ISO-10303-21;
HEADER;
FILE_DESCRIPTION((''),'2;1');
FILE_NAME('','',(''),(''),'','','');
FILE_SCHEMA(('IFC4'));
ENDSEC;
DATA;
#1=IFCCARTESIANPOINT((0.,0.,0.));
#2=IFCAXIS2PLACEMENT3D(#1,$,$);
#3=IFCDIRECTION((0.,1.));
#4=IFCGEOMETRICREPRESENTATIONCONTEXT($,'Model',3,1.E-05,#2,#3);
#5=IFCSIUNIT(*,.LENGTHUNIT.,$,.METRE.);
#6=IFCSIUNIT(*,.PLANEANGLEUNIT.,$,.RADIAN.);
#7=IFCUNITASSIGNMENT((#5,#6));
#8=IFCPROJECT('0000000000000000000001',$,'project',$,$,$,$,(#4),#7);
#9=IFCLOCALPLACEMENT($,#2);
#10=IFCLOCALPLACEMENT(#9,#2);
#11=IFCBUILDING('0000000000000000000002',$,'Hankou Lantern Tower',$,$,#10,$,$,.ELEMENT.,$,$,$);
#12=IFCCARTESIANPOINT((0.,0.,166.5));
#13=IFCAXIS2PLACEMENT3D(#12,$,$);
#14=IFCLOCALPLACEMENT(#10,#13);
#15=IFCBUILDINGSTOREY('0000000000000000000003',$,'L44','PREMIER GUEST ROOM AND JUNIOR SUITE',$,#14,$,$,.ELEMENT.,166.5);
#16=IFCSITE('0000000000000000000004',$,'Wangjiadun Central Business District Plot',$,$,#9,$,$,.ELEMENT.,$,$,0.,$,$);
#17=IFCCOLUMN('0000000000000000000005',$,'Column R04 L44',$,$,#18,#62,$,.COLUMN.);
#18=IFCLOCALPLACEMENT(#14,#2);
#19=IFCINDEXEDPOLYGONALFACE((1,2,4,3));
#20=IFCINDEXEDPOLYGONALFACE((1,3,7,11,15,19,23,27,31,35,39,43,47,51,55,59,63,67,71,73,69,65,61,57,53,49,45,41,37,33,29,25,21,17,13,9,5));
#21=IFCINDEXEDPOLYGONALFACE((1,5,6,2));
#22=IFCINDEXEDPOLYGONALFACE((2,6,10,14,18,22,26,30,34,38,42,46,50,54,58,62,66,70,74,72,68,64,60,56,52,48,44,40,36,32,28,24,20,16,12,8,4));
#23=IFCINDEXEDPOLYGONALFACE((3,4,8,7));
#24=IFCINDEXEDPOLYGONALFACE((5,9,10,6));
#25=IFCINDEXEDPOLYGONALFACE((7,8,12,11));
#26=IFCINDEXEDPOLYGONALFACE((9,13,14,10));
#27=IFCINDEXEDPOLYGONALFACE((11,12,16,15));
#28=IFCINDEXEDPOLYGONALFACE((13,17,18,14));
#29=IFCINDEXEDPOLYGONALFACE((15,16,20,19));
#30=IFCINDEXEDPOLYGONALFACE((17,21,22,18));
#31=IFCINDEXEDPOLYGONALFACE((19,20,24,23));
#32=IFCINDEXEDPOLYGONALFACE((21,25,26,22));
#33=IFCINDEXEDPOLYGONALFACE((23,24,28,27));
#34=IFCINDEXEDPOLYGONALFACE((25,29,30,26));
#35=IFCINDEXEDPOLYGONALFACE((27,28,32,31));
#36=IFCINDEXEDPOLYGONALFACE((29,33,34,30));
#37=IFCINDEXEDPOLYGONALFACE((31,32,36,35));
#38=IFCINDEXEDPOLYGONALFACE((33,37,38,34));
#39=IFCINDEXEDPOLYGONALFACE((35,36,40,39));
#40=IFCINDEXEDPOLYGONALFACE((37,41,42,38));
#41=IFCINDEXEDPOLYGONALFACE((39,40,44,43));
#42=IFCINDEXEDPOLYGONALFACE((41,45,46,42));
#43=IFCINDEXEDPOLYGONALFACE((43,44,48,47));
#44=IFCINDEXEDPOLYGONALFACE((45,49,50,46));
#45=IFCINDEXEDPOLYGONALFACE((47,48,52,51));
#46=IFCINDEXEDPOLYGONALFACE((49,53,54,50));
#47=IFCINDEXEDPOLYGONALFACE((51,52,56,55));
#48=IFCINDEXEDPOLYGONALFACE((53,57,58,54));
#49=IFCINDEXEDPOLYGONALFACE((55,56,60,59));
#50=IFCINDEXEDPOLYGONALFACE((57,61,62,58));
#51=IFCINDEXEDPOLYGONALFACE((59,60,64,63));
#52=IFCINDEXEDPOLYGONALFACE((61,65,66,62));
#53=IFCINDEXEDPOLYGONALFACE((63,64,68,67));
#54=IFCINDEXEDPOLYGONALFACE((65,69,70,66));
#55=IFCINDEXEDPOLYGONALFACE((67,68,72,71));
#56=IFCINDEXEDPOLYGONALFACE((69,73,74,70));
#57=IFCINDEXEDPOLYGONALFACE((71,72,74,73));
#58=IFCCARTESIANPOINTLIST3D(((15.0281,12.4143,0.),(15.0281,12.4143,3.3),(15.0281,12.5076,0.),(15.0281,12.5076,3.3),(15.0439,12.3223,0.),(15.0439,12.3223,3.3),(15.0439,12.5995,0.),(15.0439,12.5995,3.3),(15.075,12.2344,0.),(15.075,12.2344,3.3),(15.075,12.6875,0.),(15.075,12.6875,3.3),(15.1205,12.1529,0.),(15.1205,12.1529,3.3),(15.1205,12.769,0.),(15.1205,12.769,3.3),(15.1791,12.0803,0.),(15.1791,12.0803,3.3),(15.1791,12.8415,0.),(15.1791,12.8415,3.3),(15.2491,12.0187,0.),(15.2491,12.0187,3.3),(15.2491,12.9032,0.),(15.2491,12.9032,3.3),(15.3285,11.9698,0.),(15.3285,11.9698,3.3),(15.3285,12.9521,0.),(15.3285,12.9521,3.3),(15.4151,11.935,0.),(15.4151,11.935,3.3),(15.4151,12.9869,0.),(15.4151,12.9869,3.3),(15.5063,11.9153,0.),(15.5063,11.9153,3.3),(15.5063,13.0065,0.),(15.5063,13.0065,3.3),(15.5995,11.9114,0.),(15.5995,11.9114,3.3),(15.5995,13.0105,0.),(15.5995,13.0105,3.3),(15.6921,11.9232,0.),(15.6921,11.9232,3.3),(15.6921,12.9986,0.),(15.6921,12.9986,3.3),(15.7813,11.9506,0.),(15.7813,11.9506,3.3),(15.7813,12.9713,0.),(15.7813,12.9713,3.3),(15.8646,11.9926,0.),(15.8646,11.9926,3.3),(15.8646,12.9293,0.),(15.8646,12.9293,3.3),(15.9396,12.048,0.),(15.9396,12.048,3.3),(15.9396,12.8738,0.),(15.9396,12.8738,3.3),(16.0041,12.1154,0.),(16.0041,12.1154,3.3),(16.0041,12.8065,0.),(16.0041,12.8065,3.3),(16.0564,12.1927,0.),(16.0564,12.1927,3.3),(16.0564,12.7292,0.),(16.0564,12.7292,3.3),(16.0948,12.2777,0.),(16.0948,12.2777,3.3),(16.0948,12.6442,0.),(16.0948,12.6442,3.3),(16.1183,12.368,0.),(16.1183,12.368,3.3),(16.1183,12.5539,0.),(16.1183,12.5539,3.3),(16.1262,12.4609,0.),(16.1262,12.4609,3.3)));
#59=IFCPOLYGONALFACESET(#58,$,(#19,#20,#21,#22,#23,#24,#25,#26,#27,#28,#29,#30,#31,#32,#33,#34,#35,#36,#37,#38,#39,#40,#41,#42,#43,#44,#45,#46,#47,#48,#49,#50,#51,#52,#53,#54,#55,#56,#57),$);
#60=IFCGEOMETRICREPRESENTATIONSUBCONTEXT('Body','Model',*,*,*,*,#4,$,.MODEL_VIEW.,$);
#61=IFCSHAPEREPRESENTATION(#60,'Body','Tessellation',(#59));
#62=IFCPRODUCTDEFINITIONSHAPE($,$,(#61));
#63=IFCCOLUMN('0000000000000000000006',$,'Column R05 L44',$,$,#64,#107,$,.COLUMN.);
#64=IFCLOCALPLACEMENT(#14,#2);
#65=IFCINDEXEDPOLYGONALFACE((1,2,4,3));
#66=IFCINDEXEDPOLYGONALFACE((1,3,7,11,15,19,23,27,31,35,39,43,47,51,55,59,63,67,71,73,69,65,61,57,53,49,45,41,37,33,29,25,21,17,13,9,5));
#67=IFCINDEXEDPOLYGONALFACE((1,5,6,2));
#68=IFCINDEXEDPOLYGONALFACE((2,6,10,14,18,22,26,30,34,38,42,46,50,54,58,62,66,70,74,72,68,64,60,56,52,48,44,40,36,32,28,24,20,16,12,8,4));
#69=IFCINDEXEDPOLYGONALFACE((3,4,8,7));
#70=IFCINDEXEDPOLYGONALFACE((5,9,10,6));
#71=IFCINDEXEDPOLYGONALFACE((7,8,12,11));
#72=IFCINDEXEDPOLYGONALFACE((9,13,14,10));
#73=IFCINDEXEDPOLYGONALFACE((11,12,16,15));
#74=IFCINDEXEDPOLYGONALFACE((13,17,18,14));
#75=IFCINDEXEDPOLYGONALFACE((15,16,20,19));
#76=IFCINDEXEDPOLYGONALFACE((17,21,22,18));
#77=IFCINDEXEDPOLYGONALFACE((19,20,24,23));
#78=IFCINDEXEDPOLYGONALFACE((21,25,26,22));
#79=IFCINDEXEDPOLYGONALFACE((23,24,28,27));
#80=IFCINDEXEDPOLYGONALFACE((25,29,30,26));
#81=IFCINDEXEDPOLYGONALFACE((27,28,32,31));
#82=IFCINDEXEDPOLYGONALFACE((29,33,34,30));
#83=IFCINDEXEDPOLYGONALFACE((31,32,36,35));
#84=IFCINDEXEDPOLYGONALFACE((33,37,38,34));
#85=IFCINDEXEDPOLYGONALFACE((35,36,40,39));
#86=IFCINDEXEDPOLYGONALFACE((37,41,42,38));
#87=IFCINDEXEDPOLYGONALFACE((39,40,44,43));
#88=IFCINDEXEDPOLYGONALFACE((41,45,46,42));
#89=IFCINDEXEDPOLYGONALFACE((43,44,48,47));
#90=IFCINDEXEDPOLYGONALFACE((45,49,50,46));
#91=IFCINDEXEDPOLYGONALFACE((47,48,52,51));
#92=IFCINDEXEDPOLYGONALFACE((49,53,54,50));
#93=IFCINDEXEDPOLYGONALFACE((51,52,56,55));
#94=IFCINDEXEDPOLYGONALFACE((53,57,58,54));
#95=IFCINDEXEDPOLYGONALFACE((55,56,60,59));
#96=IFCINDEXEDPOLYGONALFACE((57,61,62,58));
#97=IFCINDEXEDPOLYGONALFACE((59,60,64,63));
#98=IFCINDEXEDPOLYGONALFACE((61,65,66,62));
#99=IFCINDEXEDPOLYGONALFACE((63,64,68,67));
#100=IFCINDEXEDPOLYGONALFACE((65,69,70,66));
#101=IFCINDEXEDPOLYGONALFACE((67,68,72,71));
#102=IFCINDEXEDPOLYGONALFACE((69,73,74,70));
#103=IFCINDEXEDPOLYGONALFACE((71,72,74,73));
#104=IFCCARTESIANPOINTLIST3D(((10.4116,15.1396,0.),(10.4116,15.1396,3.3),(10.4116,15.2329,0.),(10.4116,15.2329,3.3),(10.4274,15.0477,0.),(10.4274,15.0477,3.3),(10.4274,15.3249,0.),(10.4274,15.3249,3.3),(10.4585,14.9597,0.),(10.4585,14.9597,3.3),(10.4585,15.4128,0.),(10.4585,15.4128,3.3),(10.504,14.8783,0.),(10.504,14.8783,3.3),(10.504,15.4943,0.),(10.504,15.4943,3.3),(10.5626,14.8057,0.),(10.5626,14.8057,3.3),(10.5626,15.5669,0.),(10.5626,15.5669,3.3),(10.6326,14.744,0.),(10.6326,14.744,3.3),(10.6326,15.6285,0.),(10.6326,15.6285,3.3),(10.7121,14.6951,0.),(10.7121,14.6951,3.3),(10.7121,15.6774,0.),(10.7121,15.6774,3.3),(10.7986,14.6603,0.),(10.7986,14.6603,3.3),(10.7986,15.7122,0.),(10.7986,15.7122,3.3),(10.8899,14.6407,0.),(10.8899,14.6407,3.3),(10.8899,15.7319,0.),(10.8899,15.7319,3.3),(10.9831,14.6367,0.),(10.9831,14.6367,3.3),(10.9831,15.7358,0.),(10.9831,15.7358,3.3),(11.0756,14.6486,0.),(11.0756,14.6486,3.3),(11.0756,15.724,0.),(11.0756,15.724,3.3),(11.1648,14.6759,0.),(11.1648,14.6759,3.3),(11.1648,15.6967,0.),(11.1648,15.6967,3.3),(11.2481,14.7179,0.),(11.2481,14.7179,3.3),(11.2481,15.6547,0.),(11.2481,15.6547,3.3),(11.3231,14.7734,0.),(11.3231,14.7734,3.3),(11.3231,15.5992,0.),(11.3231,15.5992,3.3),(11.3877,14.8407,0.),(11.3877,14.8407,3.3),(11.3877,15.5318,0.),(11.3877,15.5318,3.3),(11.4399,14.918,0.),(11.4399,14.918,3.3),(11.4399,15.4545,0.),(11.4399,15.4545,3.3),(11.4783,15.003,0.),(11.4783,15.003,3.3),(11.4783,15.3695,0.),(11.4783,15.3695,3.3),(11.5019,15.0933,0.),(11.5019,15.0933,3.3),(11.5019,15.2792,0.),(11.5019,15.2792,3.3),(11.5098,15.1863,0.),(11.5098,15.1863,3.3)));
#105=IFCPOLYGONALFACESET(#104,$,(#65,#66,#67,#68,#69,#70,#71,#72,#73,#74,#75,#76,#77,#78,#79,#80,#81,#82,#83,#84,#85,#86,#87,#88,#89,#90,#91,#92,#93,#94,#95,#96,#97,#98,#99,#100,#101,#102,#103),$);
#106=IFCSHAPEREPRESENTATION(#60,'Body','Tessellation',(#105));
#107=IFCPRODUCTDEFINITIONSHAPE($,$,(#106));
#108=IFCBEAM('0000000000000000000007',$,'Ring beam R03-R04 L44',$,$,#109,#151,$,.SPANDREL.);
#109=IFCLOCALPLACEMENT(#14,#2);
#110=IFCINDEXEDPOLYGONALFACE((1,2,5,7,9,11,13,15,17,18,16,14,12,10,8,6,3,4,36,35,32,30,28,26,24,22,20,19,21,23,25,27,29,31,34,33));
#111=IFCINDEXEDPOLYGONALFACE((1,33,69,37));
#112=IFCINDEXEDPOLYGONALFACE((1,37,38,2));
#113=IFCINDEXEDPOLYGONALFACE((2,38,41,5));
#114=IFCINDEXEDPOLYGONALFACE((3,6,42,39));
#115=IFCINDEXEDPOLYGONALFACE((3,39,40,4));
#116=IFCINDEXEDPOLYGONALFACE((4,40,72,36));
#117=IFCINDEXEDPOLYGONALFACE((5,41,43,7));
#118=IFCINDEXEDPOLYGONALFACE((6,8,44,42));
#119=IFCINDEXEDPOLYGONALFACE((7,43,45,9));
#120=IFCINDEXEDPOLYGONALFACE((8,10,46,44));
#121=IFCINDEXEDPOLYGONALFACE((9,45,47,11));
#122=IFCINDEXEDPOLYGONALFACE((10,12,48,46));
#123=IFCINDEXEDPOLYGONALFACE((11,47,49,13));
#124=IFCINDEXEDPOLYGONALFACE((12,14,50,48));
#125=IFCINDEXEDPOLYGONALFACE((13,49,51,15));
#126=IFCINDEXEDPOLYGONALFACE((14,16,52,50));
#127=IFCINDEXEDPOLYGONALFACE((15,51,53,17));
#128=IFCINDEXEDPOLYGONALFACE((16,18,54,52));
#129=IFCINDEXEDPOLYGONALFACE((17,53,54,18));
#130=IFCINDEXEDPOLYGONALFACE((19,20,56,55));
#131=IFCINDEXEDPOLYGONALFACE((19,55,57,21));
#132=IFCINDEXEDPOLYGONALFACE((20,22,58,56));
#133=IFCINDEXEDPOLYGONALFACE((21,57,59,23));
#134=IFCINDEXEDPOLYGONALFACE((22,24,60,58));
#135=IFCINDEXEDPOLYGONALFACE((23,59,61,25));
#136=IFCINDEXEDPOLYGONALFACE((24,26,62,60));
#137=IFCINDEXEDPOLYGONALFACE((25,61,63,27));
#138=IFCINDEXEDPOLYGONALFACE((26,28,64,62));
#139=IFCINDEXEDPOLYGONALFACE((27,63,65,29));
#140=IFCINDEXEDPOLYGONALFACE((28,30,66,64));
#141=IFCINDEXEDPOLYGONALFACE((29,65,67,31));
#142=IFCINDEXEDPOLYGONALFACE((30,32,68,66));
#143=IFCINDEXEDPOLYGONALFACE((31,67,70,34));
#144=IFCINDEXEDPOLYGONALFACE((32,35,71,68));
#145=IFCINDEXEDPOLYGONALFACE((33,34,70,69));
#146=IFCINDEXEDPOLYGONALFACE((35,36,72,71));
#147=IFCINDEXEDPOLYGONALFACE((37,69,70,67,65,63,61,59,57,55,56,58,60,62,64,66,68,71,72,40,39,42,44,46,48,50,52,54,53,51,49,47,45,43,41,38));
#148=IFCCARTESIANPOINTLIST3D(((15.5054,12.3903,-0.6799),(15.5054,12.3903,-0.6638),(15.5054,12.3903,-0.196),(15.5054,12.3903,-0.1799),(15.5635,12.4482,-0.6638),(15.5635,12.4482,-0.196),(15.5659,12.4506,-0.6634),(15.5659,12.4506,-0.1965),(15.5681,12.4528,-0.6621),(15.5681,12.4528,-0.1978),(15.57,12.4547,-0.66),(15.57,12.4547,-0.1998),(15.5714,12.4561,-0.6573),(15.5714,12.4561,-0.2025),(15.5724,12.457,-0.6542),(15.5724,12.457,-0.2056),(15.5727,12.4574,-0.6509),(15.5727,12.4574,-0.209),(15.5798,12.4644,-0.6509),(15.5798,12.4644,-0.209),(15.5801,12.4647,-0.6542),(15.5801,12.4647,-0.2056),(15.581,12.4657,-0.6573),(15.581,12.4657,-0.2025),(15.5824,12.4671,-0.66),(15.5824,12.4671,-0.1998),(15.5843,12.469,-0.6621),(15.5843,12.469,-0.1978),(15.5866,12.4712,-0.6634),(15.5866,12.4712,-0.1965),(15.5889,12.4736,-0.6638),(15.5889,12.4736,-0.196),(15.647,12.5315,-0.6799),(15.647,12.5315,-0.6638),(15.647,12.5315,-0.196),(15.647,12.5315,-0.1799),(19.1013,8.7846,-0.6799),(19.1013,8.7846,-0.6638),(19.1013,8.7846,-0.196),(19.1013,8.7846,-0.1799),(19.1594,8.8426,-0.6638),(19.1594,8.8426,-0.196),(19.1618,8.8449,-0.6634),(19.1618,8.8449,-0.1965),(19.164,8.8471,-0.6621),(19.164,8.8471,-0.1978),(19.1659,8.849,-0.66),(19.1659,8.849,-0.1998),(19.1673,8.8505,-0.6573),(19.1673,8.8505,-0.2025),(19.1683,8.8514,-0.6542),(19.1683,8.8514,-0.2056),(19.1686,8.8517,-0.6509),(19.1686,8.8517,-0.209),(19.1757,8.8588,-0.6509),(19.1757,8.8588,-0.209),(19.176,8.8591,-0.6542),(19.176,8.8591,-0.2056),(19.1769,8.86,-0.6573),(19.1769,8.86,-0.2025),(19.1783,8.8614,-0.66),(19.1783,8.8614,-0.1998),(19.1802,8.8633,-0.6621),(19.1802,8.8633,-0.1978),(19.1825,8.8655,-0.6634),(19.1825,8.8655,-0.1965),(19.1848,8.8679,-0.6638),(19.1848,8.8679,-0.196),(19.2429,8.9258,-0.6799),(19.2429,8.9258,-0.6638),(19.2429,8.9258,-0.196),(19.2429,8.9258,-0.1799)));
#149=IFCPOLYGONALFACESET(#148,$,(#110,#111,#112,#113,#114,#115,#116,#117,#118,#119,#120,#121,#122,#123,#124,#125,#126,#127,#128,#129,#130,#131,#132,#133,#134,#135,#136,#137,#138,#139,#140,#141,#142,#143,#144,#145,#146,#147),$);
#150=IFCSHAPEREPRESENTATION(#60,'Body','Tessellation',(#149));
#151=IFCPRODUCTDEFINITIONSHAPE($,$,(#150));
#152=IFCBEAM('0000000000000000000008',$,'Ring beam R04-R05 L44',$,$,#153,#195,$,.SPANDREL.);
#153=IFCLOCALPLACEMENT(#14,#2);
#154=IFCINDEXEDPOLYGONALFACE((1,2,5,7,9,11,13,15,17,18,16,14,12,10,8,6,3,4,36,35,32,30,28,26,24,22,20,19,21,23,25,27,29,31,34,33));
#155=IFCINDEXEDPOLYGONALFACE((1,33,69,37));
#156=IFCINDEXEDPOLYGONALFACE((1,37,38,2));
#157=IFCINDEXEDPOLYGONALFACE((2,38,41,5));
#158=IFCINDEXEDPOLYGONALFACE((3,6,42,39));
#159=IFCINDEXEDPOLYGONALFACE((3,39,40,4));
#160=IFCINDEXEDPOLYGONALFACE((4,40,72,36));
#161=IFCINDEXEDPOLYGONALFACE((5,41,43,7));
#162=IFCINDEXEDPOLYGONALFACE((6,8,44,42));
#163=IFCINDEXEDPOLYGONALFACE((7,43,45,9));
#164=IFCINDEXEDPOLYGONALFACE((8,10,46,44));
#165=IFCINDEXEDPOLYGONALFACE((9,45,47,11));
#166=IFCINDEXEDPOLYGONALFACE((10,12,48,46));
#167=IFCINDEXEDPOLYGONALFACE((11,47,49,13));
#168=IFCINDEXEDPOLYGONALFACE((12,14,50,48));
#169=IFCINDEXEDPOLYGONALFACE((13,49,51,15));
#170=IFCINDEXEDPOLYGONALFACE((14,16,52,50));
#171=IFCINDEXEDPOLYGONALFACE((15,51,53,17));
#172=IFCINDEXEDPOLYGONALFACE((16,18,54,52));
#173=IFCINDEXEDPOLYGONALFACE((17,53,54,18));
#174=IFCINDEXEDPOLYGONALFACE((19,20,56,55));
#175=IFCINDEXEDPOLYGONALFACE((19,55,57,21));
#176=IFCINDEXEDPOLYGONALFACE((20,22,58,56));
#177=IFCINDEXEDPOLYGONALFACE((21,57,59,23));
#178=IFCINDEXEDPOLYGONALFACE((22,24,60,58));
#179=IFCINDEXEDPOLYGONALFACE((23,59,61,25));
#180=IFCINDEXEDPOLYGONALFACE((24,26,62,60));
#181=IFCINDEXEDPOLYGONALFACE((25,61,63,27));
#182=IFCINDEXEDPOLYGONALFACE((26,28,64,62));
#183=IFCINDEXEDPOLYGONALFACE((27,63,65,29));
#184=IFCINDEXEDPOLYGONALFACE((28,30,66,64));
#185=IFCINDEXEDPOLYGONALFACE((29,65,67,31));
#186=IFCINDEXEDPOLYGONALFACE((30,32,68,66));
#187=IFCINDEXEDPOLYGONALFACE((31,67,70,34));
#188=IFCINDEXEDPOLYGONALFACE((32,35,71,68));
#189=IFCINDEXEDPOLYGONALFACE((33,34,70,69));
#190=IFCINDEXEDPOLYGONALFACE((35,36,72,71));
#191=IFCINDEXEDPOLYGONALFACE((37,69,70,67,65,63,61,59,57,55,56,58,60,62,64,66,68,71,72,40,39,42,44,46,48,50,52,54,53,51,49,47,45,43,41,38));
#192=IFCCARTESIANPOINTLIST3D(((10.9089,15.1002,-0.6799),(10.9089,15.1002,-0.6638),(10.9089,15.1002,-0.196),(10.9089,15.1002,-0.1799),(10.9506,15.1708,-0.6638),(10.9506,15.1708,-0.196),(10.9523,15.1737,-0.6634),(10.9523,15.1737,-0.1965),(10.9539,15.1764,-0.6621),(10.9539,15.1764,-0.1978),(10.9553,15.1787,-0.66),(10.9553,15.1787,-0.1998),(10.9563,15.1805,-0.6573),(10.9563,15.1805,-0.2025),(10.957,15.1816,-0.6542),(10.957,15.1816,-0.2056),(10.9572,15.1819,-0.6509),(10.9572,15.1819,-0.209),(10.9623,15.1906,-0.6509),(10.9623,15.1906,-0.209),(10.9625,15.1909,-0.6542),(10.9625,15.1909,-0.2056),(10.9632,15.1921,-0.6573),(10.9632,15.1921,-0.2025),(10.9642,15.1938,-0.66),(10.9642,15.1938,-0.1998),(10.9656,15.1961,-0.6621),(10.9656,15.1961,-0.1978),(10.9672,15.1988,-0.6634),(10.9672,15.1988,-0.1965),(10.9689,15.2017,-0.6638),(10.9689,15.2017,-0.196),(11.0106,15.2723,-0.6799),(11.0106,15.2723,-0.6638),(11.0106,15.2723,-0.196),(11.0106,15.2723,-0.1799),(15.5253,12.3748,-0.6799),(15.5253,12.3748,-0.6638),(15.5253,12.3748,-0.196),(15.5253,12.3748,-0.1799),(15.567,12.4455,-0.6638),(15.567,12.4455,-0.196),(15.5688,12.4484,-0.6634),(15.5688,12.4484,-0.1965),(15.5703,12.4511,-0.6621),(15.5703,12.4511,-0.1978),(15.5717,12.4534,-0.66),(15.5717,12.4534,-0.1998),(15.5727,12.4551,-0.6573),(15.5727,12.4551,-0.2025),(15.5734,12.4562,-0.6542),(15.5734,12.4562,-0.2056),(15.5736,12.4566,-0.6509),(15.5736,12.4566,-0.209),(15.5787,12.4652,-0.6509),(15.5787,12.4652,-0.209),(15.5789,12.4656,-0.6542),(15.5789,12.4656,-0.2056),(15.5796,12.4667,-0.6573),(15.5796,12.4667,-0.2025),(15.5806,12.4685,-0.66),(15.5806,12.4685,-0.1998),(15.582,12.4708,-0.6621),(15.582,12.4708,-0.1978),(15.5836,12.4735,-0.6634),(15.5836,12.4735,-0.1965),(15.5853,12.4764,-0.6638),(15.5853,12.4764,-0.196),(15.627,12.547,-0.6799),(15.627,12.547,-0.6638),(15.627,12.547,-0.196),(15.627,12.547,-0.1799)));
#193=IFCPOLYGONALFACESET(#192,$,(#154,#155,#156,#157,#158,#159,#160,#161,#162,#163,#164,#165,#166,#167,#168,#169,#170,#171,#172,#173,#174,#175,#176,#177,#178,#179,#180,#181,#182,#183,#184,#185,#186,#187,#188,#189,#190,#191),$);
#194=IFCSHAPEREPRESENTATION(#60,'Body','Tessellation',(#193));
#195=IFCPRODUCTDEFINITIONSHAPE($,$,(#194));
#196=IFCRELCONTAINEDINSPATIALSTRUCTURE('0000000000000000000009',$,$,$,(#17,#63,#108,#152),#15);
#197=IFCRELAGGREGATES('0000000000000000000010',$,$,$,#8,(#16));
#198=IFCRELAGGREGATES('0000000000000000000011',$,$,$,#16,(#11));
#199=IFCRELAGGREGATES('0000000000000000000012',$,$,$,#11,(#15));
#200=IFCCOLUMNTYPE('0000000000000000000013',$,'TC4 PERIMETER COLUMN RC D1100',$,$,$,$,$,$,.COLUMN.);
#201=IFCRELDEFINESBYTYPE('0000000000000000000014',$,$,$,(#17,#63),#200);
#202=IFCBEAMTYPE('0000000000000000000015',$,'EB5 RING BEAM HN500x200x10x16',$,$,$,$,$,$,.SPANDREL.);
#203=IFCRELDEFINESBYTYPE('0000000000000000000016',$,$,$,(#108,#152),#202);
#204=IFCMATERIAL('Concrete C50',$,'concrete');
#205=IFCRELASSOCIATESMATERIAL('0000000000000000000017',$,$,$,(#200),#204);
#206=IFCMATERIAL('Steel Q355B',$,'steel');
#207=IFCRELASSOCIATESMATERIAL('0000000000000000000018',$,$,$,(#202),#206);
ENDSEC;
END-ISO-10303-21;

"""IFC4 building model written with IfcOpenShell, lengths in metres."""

from ifc_helpers import new_model, si_unit, direction, frame, origin, origin_2d, place, context, subcontext, project, spatial, circle, i_section, extrude, material, material_profile, profile_set, type_object, element, save


model = new_model("IFC4")

# Units and contexts
model_context = context("Model", 3, precision=1e-05, world=origin(), true_north=direction((0.0, 1.0)))
body_context = subcontext(model_context, "Body", "Model", "MODEL_VIEW")
ifc_project = project(units=[si_unit("LENGTHUNIT", "METRE"), si_unit("PLANEANGLEUNIT", "RADIAN")], contexts=[model_context])

# Site, building, storey
site_placement = place(None, origin())
site = spatial("IfcSite", under=ifc_project, at=site_placement, Name="Wangjiadun Central Business District Plot", CompositionType="ELEMENT", RefElevation=0.0)
building_placement = place(site_placement, origin())
building = spatial("IfcBuilding", under=site, at=building_placement, Name="Hankou Lantern Tower", CompositionType="ELEMENT")
storey_placement = place(building_placement, frame((0.0, 0.0, 166.5)))
storey = spatial("IfcBuildingStorey", under=building, at=storey_placement, Name="L44", Description="PREMIER GUEST ROOM AND JUNIOR SUITE", CompositionType="ELEMENT", Elevation=166.5)

# Columns
ifc_material_1 = material(Name="Concrete C50", Category="concrete")
ifc_material_profile_1 = material_profile(ifc_material_1, circle(Radius=0.55, at=origin_2d()), Name="RC D1100")
ifc_profile_set_1 = profile_set([ifc_material_profile_1], Name="Concrete C50")
column_type = type_object("IfcColumnType", Name="TC4 PERIMETER COLUMN RC D1100", PredefinedType="COLUMN", material=ifc_profile_set_1)
for number, where, z_axis, x_axis, name in (
    (1, (15.5762, 12.4609, 0.0), (0.0, 0.0, 1.0), (1.0, 0.0, 0.0), "Column R04 L44"),
    (2, (10.9597, 15.1863, 0.0), (0.0, 0.0, 1.0), (1.0, 0.0, 0.0), "Column R05 L44"),
):
    element("IfcColumn", number, at=place(storey_placement, frame(where, z_axis=z_axis, x_axis=x_axis)), inside=storey, type_object=column_type, Name=name, PredefinedType="COLUMN", context=body_context, shape_type="SweptSolid", body=[
        extrude(circle(Radius=0.55, at=origin_2d()), origin(), (0.0, 0.0, 1.0), 3.3),
    ])

# Beams
ifc_material_2 = material(Name="Steel Q355B", Category="steel")
ifc_material_profile_2 = material_profile(ifc_material_2, i_section(OverallWidth=0.2, OverallDepth=0.5, WebThickness=0.01, FlangeThickness=0.0161, FilletRadius=0.0129, at=origin_2d()), Name="HN500x200x10x16")
ifc_profile_set_2 = profile_set([ifc_material_profile_2], Name="Steel Q355B")
beam_type_1 = type_object("IfcBeamType", Name="EB5 RING BEAM HN500x200x10x16", PredefinedType="SPANDREL", material=ifc_profile_set_2)
beam_1_placement = place(storey_placement, frame((19.1721, 8.8552, -0.4299), z_axis=(-0.706147, 0.708065, 0.0), x_axis=(-0.708065, -0.706147, 0.0)))
element("IfcBeam", 3, at=beam_1_placement, inside=storey, type_object=beam_type_1, Name="Ring beam R03-R04 L44", PredefinedType="SPANDREL", context=body_context, shape_type="SweptSolid", body=[
    extrude(i_section(OverallWidth=0.2, OverallDepth=0.5, WebThickness=0.01, FlangeThickness=0.0161, FilletRadius=0.0129, at=origin_2d()), origin(), (0.0, 0.0, 1.0), 5.0923),
])
beam_2_placement = place(storey_placement, frame((15.5762, 12.4609, -0.4299), z_axis=(-0.861136, 0.508375, 0.0), x_axis=(-0.508375, -0.861136, 0.0)))
element("IfcBeam", 4, at=beam_2_placement, inside=storey, type_object=beam_type_1, Name="Ring beam R04-R05 L44", PredefinedType="SPANDREL", context=body_context, shape_type="SweptSolid", body=[
    extrude(i_section(OverallWidth=0.2, OverallDepth=0.5, WebThickness=0.01, FlangeThickness=0.0161, FilletRadius=0.0129, at=origin_2d()), origin(), (0.0, 0.0, 1.0), 5.3608),
])

save(model, "model.ifc")
